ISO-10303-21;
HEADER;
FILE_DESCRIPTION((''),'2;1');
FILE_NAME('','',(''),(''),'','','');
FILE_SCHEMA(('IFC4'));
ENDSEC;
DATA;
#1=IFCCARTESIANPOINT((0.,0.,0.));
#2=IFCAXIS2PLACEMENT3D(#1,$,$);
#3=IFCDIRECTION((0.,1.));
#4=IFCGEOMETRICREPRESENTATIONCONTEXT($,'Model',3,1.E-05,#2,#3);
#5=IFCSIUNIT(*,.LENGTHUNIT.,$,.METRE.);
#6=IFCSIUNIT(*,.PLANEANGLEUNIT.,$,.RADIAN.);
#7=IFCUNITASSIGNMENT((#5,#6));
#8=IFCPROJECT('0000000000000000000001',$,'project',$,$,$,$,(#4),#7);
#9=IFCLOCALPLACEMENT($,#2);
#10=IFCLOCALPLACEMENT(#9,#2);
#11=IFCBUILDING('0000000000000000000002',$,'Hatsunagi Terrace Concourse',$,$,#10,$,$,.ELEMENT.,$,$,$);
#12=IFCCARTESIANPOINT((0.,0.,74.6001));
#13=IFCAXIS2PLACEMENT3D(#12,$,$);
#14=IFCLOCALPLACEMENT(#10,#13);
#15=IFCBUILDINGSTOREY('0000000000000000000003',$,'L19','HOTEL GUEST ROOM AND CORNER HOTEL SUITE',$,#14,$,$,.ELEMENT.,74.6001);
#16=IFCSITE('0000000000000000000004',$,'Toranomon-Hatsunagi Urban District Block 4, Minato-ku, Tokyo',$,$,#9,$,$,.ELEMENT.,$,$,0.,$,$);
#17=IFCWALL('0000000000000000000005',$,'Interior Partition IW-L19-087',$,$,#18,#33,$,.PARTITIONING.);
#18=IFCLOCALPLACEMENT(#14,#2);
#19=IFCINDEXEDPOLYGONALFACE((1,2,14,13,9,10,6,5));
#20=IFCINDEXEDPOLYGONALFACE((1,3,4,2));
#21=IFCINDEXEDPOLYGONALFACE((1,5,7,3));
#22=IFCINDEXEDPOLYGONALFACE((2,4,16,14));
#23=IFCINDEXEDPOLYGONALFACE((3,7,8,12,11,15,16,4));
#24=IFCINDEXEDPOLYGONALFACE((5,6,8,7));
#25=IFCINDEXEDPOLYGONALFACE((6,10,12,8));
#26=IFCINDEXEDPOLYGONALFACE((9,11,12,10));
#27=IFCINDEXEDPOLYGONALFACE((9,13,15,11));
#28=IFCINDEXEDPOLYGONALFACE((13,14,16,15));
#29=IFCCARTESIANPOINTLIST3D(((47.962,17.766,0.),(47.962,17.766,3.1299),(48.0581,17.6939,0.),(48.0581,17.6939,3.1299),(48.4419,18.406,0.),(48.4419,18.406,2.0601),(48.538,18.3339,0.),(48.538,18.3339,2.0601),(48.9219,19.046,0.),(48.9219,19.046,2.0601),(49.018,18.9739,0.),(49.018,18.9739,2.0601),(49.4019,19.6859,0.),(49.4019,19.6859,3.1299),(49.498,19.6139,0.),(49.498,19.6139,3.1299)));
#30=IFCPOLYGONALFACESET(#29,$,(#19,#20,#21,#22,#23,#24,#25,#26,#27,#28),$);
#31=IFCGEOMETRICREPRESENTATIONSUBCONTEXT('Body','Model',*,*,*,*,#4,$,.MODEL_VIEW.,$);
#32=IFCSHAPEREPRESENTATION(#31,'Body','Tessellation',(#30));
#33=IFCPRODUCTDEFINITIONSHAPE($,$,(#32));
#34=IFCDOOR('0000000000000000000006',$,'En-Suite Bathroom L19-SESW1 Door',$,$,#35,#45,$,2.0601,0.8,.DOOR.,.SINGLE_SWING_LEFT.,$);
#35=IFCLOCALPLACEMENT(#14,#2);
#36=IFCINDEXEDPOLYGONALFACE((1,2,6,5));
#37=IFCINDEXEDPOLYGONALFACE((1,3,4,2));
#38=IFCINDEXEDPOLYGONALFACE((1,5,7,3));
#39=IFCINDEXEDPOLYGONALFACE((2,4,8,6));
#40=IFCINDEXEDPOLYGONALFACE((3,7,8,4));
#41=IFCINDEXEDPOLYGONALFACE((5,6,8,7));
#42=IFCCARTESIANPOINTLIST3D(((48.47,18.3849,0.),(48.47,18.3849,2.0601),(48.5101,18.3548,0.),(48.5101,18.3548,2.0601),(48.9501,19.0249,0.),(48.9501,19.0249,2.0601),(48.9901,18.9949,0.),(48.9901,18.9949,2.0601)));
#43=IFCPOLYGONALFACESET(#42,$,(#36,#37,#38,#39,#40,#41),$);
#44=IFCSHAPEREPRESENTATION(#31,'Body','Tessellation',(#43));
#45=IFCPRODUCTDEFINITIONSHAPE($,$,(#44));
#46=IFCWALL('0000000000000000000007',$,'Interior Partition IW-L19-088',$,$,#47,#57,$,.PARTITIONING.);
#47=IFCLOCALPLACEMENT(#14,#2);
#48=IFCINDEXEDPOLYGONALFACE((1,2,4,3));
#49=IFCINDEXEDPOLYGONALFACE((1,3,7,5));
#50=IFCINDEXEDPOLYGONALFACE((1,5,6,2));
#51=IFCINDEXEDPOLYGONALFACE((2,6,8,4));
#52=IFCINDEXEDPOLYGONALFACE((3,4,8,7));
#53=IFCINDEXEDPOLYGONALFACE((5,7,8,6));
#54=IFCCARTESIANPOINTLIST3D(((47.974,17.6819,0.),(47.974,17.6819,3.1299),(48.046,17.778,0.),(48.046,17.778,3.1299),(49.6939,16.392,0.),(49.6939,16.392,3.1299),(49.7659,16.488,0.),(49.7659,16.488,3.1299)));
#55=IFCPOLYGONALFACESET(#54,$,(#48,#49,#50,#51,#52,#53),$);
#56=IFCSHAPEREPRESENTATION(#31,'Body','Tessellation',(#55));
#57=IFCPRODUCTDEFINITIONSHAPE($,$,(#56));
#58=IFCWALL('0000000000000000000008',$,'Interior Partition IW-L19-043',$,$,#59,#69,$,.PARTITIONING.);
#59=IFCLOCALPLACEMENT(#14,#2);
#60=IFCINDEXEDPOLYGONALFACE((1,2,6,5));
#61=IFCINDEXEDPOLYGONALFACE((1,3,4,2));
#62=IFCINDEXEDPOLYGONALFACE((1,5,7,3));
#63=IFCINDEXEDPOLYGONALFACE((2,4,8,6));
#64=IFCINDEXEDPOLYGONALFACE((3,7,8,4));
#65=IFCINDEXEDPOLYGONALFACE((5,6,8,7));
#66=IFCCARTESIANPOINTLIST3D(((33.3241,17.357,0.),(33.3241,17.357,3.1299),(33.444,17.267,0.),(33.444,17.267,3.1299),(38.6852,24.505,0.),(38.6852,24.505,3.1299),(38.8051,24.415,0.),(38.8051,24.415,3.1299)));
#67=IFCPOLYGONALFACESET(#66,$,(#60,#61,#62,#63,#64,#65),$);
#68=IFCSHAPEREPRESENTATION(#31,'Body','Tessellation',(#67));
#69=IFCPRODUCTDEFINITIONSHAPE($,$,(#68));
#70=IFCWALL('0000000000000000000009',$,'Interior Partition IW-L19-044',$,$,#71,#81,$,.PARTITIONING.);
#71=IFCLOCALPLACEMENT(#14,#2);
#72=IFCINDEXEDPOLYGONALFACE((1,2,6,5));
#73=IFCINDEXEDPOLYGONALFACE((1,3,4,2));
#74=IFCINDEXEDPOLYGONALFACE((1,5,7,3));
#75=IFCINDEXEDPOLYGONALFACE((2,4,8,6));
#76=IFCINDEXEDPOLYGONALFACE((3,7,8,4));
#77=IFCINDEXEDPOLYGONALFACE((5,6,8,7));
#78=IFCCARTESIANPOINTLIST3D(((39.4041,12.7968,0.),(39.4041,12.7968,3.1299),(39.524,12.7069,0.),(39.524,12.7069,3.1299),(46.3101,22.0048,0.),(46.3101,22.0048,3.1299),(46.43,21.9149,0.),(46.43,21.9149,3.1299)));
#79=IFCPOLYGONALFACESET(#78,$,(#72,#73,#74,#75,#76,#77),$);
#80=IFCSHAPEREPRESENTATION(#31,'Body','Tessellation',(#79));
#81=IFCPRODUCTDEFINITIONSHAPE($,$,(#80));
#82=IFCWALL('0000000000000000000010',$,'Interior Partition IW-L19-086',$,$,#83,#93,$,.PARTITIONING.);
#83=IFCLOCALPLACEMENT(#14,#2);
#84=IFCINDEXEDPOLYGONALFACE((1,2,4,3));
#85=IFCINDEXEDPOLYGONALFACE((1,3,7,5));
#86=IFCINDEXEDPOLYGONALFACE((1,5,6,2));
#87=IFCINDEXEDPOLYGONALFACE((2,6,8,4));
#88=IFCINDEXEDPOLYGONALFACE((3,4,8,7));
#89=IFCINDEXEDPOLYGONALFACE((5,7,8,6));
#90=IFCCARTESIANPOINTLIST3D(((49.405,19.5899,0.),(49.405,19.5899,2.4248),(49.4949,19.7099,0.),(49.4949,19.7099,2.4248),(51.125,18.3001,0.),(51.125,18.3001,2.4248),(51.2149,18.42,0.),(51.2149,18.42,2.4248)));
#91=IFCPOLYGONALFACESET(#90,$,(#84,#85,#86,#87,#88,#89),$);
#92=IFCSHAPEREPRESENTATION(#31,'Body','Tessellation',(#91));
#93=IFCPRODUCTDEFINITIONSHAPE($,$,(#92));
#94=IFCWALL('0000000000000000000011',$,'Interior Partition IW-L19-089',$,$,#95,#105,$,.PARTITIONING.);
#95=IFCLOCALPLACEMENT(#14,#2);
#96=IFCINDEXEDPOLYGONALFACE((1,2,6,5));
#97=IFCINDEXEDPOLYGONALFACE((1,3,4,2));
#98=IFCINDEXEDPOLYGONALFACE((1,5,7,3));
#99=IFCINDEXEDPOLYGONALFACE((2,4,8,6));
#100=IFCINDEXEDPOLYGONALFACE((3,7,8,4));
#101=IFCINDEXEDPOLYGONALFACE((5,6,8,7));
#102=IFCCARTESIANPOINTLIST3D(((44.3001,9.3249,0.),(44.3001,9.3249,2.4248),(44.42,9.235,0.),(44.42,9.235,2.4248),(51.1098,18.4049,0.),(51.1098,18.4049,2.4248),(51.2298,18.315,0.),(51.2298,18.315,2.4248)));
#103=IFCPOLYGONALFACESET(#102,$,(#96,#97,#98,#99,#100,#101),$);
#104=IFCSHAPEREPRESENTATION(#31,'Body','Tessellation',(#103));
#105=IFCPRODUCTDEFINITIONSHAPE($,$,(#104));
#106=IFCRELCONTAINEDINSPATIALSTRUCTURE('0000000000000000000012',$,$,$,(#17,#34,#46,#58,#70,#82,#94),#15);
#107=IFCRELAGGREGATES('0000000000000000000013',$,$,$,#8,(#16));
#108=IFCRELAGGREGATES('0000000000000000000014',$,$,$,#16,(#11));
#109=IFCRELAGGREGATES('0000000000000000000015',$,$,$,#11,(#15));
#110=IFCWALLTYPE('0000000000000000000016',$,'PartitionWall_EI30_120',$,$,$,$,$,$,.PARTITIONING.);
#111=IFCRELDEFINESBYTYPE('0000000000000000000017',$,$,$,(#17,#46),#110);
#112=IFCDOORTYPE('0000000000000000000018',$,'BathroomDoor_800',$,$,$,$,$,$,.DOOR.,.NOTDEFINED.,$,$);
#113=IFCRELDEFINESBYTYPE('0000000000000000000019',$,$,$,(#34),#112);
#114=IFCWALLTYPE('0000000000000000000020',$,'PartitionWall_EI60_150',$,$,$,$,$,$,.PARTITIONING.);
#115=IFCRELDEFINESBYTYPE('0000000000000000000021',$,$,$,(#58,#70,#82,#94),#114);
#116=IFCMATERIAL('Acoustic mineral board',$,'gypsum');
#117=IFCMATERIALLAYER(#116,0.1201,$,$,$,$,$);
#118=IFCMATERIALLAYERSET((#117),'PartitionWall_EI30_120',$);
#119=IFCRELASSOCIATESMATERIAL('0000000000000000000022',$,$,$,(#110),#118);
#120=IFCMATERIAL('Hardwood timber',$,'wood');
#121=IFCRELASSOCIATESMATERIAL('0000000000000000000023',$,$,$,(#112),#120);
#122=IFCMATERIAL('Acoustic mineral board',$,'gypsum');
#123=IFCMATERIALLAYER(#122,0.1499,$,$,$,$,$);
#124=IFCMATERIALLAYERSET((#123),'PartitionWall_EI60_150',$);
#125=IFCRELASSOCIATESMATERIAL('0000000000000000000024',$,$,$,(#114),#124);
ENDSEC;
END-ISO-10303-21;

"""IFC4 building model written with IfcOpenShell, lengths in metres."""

from ifc_helpers import new_model, si_unit, direction, frame, frame_2d, origin, place, context, subcontext, project, spatial, rectangle, extrude, material, layer, layer_set, type_object, element, fill, save


model = new_model("IFC4")

# Units and contexts
model_context = context("Model", 3, precision=1e-05, world=origin(), true_north=direction((0.0, 1.0)))
body_context = subcontext(model_context, "Body", "Model", "MODEL_VIEW")
ifc_project = project(units=[si_unit("LENGTHUNIT", "METRE"), si_unit("PLANEANGLEUNIT", "RADIAN")], contexts=[model_context])

# Site, building, storey
site_placement = place(None, origin())
site = spatial("IfcSite", under=ifc_project, at=site_placement, Name="Toranomon-Hatsunagi Urban District Block 4, Minato-ku, Tokyo", CompositionType="ELEMENT", RefElevation=0.0)
building_placement = place(site_placement, origin())
building = spatial("IfcBuilding", under=site, at=building_placement, Name="Hatsunagi Terrace Concourse", CompositionType="ELEMENT")
storey_placement = place(building_placement, frame((0.0, 0.0, 74.6001)))
storey = spatial("IfcBuildingStorey", under=building, at=storey_placement, Name="L19", Description="HOTEL GUEST ROOM AND CORNER HOTEL SUITE", CompositionType="ELEMENT", Elevation=74.6001)

# Wall, opening, door
ifc_material_1 = material(Name="Acoustic mineral board", Category="gypsum")
ifc_layer_1 = layer(ifc_material_1, 0.1201)
ifc_layer_set_1 = layer_set([ifc_layer_1], Name="PartitionWall_EI30_120")
wall_type_1 = type_object("IfcWallType", Name="PartitionWall_EI30_120", PredefinedType="PARTITIONING", material=ifc_layer_set_1)
wall_1_placement = place(storey_placement, frame((48.01, 17.73, 0.0), z_axis=(0.0, 0.0, 1.0), x_axis=(0.6, 0.8, 0.0)))
wall_1 = element("IfcWall", 1, at=wall_1_placement, inside=storey, type_object=wall_type_1, Name="Interior Partition IW-L19-087", PredefinedType="PARTITIONING", context=body_context, shape_type="SweptSolid", body=[
    extrude(rectangle(XDim=2.3999, YDim=0.1201, at=frame_2d((1.2, 0.0))), origin(), (0.0, 0.0, 1.0), 3.1299),
])
opening_1_placement = place(wall_1_placement, frame((0.8, 0.0, 0.0)))
opening_1 = element("IfcOpeningElement", 2, at=opening_1_placement, cuts=wall_1, PredefinedType="OPENING", context=body_context, shape_type="SweptSolid", body=[
    extrude(rectangle(XDim=0.8, YDim=2.0601, at=frame_2d((0.3999, 1.03))), frame((0.0, 0.0701, 0.0), z_axis=(0.0, -1.0, 0.0), x_axis=(1.0, 0.0, 0.0)), (0.0, 0.0, 1.0), 0.1401),
])
ifc_material_2 = material(Name="Hardwood timber", Category="wood")
door_type_1 = type_object("IfcDoorType", Name="BathroomDoor_800", OperationType="NOTDEFINED", PredefinedType="DOOR", material=ifc_material_2)
door_1_placement = place(opening_1_placement, origin())
door_1 = element("IfcDoor", 3, at=door_1_placement, inside=storey, type_object=door_type_1, Name="En-Suite Bathroom L19-SESW1 Door", OperationType="SINGLE_SWING_LEFT", OverallHeight=2.0601, OverallWidth=0.8, PredefinedType="DOOR", context=body_context, shape_type="SweptSolid", body=[
    extrude(rectangle(XDim=0.8, YDim=2.0601, at=frame_2d((0.3999, 1.03))), frame((0.0, 0.0249, 0.0), z_axis=(0.0, -1.0, 0.0), x_axis=(1.0, 0.0, 0.0)), (0.0, 0.0, 1.0), 0.05),
])
fill(opening_1, door_1)

# Walls
wall_2_placement = place(storey_placement, frame((48.01, 17.73, 0.0), z_axis=(0.0, 0.0, 1.0), x_axis=(0.799986, -0.600018, 0.0)))
element("IfcWall", 4, at=wall_2_placement, inside=storey, type_object=wall_type_1, Name="Interior Partition IW-L19-088", PredefinedType="PARTITIONING", context=body_context, shape_type="SweptSolid", body=[
    extrude(rectangle(XDim=2.1499, YDim=0.1201, at=frame_2d((1.075, 0.0))), origin(), (0.0, 0.0, 1.0), 3.1299),
])
ifc_material_3 = material(Name="Acoustic mineral board", Category="gypsum")
ifc_layer_2 = layer(ifc_material_3, 0.1499)
ifc_layer_set_2 = layer_set([ifc_layer_2], Name="PartitionWall_EI60_150")
wall_type_2 = type_object("IfcWallType", Name="PartitionWall_EI60_150", PredefinedType="PARTITIONING", material=ifc_layer_set_2)
wall_3_placement = place(storey_placement, frame((33.384, 17.312, 0.0), z_axis=(0.0, 0.0, 1.0), x_axis=(0.600009, 0.799993, 0.0)))
element("IfcWall", 5, at=wall_3_placement, inside=storey, type_object=wall_type_2, Name="Interior Partition IW-L19-043", PredefinedType="PARTITIONING", context=body_context, shape_type="SweptSolid", body=[
    extrude(rectangle(XDim=8.9351, YDim=0.1499, at=frame_2d((4.4675, 0.0))), origin(), (0.0, 0.0, 1.0), 3.1299),
])
wall_4_placement = place(storey_placement, frame((39.4641, 12.752, 0.0), z_axis=(0.0, 0.0, 1.0), x_axis=(0.6, 0.8, 0.0)))
element("IfcWall", 6, at=wall_4_placement, inside=storey, type_object=wall_type_2, Name="Interior Partition IW-L19-044", PredefinedType="PARTITIONING", context=body_context, shape_type="SweptSolid", body=[
    extrude(rectangle(XDim=11.51, YDim=0.1499, at=frame_2d((5.7549, 0.0))), origin(), (0.0, 0.0, 1.0), 3.1299),
])

# Walls
wall_5_placement = place(storey_placement, frame((49.45, 19.6499, 0.0), z_axis=(0.0, 0.0, 1.0), x_axis=(0.800041, -0.599945, 0.0)))
element("IfcWall", 7, at=wall_5_placement, inside=storey, type_object=wall_type_2, Name="Interior Partition IW-L19-086", PredefinedType="PARTITIONING", context=body_context, shape_type="SweptSolid", body=[
    extrude(rectangle(XDim=2.1499, YDim=0.1499, at=frame_2d((1.075, 0.0))), origin(), (0.0, 0.0, 1.0), 2.4248),
])
wall_6_placement = place(storey_placement, frame((44.3601, 9.28, 0.0), z_axis=(0.0, 0.0, 1.0), x_axis=(0.599986, 0.80001, 0.0)))
element("IfcWall", 8, at=wall_6_placement, inside=storey, type_object=wall_type_2, Name="Interior Partition IW-L19-089", PredefinedType="PARTITIONING", context=body_context, shape_type="SweptSolid", body=[
    extrude(rectangle(XDim=11.3499, YDim=0.1499, at=frame_2d((5.6748, 0.0))), origin(), (0.0, 0.0, 1.0), 2.4248),
])

save(model, "model.ifc")
